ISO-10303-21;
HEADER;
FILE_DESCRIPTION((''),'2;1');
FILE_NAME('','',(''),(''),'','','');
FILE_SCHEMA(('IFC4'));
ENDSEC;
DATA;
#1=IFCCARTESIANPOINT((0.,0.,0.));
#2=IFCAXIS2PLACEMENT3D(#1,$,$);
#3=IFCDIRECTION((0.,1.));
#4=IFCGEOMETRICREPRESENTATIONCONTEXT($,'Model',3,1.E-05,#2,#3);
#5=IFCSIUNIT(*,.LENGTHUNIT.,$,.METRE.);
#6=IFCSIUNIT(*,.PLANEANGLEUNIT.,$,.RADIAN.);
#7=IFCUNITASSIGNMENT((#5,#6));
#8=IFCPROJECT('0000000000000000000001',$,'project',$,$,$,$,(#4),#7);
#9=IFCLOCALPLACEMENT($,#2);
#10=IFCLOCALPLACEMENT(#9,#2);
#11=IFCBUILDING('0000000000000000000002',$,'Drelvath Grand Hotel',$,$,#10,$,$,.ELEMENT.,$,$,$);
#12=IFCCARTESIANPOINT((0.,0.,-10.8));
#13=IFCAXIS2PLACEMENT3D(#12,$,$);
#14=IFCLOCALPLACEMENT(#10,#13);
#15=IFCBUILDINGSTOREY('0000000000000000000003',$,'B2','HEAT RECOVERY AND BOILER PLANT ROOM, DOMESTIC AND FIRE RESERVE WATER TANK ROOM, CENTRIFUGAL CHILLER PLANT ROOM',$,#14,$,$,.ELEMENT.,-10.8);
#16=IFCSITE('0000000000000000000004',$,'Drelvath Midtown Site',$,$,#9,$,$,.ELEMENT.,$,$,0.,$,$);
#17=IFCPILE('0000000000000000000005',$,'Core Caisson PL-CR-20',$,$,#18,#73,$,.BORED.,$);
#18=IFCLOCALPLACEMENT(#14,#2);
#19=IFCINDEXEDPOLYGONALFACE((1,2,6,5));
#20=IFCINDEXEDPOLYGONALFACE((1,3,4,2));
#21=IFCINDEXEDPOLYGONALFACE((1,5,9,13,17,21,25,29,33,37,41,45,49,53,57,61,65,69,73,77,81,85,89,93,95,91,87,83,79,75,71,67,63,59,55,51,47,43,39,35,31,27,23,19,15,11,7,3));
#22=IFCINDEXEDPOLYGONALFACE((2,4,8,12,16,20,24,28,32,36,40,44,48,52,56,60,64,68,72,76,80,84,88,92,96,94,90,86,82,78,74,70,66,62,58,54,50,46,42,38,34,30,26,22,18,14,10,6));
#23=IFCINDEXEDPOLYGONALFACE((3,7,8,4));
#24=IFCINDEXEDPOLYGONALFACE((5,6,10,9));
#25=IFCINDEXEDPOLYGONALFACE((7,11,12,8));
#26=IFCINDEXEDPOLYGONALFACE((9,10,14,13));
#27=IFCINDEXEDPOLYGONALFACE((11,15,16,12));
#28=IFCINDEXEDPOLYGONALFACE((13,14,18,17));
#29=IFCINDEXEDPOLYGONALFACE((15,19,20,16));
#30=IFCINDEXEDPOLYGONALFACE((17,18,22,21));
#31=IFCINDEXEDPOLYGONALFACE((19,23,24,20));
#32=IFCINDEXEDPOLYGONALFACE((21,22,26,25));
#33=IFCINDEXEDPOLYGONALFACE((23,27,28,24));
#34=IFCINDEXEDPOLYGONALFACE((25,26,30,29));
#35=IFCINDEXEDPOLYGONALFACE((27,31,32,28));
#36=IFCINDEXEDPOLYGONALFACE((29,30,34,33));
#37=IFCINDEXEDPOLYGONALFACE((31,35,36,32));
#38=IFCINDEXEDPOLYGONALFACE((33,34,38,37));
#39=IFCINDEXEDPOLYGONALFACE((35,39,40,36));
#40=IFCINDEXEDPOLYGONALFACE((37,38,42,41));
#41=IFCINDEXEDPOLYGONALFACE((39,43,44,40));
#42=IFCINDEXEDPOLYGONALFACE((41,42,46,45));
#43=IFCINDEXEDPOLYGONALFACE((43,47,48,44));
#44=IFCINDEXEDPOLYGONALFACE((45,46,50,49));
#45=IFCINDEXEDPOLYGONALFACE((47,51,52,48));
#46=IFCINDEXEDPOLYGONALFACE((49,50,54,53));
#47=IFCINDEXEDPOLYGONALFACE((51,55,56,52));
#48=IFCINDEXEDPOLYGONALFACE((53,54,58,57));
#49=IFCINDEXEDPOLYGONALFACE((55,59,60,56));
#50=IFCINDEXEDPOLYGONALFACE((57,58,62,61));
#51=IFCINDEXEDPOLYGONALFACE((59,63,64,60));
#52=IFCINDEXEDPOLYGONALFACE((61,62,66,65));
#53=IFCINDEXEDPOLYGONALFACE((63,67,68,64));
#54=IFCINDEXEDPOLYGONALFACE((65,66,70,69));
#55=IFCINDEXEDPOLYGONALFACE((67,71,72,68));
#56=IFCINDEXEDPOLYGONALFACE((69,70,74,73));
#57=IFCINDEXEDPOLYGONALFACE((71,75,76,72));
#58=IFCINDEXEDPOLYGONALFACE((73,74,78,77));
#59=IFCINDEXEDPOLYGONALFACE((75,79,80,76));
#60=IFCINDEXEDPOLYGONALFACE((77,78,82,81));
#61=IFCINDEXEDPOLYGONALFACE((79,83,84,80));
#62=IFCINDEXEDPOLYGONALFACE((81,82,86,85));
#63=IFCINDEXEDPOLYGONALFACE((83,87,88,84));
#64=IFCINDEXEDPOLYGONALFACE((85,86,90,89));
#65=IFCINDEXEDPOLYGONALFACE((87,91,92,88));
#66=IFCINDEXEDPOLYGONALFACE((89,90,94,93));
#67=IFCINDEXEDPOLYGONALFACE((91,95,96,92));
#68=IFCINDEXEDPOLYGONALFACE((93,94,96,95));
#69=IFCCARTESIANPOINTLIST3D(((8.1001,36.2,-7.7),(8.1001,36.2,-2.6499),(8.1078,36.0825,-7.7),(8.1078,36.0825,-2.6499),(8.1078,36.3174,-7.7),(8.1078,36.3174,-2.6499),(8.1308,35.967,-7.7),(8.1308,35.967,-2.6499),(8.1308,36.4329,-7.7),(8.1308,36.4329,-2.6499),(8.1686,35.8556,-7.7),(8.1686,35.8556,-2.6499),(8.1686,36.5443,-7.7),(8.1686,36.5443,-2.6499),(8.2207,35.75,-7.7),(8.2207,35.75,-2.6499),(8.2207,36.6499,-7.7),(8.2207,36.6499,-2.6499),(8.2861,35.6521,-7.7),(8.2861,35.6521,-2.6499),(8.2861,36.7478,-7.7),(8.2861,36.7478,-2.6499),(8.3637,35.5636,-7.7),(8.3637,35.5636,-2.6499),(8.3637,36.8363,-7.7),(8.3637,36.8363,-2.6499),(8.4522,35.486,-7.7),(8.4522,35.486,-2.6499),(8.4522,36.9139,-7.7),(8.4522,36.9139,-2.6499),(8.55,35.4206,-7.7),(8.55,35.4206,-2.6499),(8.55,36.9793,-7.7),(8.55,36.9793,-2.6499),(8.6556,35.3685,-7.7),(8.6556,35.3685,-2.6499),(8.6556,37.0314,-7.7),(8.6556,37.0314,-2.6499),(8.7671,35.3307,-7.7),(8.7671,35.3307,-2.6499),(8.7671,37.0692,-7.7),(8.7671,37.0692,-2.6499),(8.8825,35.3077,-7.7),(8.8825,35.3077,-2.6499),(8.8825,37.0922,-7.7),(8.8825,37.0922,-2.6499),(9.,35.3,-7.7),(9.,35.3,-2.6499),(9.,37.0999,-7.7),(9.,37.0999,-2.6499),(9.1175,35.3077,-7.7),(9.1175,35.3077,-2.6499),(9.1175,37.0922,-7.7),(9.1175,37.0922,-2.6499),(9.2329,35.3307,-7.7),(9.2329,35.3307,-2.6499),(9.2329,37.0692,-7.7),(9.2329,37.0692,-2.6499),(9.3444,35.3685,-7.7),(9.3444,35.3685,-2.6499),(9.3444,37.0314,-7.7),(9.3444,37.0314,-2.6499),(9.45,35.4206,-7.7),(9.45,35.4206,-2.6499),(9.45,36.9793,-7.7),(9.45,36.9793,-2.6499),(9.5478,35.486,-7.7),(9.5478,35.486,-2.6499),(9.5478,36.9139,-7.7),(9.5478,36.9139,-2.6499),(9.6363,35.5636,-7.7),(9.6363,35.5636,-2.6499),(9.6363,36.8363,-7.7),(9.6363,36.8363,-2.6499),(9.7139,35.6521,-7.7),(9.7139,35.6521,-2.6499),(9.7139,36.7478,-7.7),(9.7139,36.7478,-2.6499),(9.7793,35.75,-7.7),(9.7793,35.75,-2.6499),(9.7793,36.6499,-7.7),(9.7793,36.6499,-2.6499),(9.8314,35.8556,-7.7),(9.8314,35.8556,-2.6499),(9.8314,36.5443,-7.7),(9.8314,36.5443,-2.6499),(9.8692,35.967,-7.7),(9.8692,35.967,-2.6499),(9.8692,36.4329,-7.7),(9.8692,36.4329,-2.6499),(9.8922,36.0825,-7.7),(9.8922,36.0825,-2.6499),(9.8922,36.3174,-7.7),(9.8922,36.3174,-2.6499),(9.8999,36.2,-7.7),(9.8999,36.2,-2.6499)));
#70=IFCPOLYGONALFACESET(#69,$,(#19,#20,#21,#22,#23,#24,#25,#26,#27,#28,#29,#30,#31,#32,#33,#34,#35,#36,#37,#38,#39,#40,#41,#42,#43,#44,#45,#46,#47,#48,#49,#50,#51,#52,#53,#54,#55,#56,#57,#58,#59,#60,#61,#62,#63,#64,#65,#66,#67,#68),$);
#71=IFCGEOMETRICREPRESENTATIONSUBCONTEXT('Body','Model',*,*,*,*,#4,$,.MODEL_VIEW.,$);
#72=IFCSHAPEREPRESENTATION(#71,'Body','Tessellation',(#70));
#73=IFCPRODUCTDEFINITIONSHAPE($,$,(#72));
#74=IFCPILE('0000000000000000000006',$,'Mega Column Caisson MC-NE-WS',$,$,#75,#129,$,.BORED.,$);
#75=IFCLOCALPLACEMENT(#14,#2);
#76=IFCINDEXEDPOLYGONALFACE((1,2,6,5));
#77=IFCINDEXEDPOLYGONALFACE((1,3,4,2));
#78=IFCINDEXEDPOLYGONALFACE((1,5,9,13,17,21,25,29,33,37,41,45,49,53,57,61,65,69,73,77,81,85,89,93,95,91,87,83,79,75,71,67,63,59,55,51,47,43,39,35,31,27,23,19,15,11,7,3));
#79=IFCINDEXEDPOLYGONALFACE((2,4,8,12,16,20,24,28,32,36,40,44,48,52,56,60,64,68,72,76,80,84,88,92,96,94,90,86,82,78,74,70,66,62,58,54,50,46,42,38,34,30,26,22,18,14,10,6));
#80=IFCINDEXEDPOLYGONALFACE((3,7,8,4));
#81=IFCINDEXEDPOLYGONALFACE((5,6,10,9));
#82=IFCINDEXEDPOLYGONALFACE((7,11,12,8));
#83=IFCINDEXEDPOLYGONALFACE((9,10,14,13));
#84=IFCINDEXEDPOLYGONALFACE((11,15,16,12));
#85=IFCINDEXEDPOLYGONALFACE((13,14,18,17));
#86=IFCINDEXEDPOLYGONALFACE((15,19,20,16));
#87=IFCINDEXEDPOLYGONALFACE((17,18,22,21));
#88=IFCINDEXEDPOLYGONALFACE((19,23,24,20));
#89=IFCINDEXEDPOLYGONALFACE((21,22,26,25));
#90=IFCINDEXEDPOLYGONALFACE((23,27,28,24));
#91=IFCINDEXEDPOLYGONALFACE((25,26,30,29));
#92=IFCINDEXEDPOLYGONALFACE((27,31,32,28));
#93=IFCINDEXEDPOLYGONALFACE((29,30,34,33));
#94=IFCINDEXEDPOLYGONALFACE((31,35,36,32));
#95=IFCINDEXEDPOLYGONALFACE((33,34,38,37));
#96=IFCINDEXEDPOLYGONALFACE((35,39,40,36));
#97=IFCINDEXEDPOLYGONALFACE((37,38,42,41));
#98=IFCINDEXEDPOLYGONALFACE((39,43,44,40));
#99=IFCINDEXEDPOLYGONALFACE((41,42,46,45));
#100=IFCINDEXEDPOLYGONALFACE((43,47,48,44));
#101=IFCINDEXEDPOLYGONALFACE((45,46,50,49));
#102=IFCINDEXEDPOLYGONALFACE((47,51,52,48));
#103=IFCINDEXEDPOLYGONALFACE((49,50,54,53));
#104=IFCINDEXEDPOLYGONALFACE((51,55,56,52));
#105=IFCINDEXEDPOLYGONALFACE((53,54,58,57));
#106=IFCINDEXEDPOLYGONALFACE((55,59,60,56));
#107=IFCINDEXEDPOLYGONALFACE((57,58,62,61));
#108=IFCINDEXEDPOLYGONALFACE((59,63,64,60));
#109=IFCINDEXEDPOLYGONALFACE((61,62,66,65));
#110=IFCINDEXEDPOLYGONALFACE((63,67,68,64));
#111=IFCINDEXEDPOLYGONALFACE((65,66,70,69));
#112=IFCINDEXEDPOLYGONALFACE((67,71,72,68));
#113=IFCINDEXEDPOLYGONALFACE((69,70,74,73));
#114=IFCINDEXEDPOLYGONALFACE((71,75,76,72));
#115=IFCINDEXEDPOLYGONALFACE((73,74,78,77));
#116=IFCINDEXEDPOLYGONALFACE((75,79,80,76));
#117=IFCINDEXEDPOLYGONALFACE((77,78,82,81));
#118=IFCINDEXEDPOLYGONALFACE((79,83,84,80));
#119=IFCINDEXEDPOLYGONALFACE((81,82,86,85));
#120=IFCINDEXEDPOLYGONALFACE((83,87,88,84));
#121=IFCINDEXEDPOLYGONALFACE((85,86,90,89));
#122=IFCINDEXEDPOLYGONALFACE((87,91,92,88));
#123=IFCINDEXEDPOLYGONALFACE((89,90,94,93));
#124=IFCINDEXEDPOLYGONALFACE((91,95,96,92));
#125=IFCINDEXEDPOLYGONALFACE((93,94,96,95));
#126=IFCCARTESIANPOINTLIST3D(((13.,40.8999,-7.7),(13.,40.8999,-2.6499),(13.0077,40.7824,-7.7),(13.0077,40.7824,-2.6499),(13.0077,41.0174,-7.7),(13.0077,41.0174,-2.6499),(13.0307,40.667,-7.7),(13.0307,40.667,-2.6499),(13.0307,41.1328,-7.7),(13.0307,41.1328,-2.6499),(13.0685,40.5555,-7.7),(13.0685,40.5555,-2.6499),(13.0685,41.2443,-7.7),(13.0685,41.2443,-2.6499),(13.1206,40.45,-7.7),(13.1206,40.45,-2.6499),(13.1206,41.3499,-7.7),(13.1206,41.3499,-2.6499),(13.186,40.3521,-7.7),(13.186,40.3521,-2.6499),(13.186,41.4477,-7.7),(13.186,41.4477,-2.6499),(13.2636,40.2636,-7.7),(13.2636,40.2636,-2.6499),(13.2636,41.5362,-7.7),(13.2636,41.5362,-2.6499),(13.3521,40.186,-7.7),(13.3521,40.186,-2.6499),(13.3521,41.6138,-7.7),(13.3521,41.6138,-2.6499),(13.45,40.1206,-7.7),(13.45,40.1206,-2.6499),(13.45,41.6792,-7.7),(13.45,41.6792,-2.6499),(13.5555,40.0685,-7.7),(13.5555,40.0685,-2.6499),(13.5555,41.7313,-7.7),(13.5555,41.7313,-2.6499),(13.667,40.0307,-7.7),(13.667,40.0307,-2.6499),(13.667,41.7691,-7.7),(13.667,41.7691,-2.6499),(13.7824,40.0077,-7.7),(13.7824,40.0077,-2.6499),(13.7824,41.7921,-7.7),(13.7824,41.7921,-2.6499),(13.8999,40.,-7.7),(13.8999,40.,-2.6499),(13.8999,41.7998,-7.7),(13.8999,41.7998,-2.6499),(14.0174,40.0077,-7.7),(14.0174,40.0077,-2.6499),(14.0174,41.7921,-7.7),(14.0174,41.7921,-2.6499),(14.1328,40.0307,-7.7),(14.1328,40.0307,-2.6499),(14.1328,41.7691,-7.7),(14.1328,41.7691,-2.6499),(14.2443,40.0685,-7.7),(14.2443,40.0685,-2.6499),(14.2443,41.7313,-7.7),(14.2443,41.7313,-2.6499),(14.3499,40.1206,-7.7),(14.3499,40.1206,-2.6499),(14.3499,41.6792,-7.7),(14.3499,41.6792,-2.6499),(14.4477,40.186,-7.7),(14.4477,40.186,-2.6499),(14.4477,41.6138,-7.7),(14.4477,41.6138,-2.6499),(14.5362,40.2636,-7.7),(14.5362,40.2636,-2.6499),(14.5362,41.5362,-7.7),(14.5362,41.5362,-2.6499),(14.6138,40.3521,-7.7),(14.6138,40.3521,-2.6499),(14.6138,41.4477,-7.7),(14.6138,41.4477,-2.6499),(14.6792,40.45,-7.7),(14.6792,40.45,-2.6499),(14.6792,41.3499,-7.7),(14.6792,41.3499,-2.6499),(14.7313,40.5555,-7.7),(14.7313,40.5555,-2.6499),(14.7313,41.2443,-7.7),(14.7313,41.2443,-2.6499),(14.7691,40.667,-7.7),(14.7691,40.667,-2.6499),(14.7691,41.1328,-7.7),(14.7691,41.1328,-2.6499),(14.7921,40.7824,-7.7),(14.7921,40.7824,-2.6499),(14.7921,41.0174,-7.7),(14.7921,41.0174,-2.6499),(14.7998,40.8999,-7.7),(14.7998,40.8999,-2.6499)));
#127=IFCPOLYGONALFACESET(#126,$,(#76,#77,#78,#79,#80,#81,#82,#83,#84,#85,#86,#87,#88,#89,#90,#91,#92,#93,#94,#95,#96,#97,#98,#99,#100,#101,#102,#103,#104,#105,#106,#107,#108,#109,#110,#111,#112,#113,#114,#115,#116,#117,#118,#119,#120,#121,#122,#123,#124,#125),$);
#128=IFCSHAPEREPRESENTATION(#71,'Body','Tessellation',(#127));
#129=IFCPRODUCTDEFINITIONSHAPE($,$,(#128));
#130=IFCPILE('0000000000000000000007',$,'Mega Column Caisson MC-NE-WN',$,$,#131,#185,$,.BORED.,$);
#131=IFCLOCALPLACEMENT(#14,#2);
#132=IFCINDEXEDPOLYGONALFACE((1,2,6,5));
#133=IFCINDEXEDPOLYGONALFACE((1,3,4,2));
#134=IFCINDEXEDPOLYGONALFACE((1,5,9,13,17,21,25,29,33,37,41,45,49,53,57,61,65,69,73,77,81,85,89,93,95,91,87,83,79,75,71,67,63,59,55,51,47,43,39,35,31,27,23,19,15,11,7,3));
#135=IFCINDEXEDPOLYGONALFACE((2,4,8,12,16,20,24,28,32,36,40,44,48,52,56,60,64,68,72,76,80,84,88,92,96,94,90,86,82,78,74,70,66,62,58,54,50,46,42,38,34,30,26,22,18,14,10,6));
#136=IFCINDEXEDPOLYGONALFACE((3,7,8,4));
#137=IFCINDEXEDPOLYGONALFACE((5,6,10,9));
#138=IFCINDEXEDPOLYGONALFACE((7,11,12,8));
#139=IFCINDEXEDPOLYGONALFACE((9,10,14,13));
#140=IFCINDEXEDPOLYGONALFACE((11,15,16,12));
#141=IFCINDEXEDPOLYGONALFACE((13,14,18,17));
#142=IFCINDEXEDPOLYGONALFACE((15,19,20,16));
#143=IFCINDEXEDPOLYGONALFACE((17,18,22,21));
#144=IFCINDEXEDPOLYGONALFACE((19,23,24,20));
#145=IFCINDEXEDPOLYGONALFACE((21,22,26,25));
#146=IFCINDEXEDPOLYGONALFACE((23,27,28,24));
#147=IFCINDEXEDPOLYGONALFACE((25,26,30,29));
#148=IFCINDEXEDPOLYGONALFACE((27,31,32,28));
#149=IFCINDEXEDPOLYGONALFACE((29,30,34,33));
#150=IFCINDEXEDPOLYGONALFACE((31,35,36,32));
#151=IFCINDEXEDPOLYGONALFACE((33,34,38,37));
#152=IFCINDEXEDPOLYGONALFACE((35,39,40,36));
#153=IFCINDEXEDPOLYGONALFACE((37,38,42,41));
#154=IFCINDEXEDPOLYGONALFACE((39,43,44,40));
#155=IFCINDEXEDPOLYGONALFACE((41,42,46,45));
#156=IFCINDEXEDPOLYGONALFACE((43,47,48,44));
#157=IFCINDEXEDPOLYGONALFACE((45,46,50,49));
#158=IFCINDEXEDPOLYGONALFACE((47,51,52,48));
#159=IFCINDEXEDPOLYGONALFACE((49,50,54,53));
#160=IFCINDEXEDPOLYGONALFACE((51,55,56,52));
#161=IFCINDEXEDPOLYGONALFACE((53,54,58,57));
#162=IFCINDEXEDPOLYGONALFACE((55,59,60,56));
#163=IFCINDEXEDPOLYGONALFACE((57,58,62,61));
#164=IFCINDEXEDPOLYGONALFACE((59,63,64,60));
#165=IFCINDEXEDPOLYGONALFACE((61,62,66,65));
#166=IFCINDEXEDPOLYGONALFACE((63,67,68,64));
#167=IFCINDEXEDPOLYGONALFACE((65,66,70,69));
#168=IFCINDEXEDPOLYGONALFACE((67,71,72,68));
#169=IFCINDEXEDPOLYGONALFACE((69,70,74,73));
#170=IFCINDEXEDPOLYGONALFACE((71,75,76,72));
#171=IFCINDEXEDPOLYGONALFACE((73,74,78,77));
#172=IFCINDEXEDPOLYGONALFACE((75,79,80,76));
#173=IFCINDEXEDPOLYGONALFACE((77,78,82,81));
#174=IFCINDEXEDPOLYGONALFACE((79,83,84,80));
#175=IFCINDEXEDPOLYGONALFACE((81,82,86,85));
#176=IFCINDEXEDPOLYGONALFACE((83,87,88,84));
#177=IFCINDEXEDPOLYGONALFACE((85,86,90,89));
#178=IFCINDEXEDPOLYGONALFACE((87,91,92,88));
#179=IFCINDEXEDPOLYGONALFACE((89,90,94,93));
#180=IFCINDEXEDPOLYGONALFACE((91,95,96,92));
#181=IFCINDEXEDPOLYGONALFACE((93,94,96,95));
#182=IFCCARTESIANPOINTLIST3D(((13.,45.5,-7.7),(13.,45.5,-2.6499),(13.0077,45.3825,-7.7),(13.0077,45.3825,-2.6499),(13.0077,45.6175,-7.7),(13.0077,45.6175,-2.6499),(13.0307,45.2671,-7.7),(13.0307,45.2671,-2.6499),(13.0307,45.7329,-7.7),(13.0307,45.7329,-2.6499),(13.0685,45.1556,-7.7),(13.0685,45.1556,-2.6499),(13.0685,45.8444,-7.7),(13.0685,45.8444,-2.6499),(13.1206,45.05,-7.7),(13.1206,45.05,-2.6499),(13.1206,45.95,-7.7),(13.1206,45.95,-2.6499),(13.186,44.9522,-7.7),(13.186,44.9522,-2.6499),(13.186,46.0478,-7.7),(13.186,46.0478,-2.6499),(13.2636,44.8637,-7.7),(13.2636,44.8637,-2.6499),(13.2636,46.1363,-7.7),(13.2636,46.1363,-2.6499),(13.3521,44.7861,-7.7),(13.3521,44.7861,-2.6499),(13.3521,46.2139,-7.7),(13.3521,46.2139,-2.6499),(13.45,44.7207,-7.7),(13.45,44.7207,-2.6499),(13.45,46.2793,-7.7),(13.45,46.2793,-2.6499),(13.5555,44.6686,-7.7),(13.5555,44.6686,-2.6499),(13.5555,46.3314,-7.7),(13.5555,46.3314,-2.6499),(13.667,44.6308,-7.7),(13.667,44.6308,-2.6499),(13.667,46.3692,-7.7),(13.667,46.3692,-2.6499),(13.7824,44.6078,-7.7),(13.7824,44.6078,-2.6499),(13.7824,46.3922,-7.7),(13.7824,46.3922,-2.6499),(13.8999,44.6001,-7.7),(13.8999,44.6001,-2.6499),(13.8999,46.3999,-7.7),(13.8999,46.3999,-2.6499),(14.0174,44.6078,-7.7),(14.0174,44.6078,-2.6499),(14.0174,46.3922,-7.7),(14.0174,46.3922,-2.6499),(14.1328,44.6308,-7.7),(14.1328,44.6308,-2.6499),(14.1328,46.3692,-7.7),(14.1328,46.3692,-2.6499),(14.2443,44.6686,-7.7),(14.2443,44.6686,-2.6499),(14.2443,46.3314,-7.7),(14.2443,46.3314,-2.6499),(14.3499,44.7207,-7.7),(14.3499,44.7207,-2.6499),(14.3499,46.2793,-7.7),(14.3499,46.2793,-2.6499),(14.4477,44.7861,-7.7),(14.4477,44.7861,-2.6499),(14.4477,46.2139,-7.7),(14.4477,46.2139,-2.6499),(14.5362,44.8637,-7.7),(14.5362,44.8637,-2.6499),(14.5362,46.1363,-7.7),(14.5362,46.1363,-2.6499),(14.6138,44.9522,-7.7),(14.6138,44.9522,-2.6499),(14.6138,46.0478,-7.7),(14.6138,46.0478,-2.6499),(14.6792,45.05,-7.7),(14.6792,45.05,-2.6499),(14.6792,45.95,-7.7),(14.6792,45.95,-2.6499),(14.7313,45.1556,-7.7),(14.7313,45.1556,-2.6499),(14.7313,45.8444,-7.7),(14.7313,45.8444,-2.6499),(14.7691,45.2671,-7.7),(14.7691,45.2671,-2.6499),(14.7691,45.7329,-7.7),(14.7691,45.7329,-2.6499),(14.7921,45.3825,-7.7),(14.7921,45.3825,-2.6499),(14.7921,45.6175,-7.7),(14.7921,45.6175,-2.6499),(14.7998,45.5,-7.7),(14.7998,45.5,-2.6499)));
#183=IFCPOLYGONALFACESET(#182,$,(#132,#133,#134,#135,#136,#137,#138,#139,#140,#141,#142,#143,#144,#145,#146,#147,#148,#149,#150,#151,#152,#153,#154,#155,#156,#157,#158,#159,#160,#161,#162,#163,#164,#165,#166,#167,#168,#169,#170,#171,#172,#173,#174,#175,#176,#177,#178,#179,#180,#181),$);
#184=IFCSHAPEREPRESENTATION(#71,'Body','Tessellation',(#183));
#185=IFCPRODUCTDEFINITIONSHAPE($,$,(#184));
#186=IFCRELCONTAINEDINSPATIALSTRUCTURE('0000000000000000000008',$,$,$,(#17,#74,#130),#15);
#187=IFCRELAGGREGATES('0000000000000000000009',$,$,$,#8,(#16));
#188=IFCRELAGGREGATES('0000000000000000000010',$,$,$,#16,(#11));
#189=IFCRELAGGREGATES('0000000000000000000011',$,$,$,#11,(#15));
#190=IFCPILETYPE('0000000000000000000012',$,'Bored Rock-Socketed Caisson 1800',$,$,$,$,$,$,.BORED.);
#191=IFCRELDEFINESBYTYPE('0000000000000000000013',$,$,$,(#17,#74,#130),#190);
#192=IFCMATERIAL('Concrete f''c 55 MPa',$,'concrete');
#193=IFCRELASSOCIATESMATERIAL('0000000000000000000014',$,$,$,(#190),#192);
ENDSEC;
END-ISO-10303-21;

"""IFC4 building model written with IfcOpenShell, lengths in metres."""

from ifc_helpers import new_model, si_unit, direction, frame, origin, origin_2d, place, context, subcontext, project, spatial, circle, extrude, material, material_profile, profile_set, type_object, element, save


model = new_model("IFC4")

# Units and contexts
model_context = context("Model", 3, precision=1e-05, world=origin(), true_north=direction((0.0, 1.0)))
body_context = subcontext(model_context, "Body", "Model", "MODEL_VIEW")
ifc_project = project(units=[si_unit("LENGTHUNIT", "METRE"), si_unit("PLANEANGLEUNIT", "RADIAN")], contexts=[model_context])

# Site, building, storey
site_placement = place(None, origin())
site = spatial("IfcSite", under=ifc_project, at=site_placement, Name="Drelvath Midtown Site", CompositionType="ELEMENT", RefElevation=0.0)
building_placement = place(site_placement, origin())
building = spatial("IfcBuilding", under=site, at=building_placement, Name="Drelvath Grand Hotel", CompositionType="ELEMENT")
storey_placement = place(building_placement, frame((0.0, 0.0, -10.8)))
storey = spatial("IfcBuildingStorey", under=building, at=storey_placement, Name="B2", Description="HEAT RECOVERY AND BOILER PLANT ROOM, DOMESTIC AND FIRE RESERVE WATER TANK ROOM, CENTRIFUGAL CHILLER PLANT ROOM", CompositionType="ELEMENT", Elevation=-10.8)

# Piles
ifc_material_1 = material(Name="Concrete f'c 55 MPa", Category="concrete")
ifc_material_profile_1 = material_profile(ifc_material_1, circle(Radius=0.8999, at=origin_2d()), Name="CAISSON1800")
ifc_profile_set_1 = profile_set([ifc_material_profile_1], Name="Concrete f'c 55 MPa")
pile_type_1 = type_object("IfcPileType", Name="Bored Rock-Socketed Caisson 1800", PredefinedType="BORED", material=ifc_profile_set_1)
for number, where, z_axis, x_axis, name in (
    (1, (9.0, 36.2, -2.6499), (0.0, 0.0, -1.0), (1.0, 0.0, 0.0), "Core Caisson PL-CR-20"),
    (2, (13.8999, 40.8999, -2.6499), (0.0, 0.0, -1.0), (1.0, 0.0, 0.0), "Mega Column Caisson MC-NE-WS"),
    (3, (13.8999, 45.5, -2.6499), (0.0, 0.0, -1.0), (1.0, 0.0, 0.0), "Mega Column Caisson MC-NE-WN"),
):
    element("IfcPile", number, at=place(storey_placement, frame(where, z_axis=z_axis, x_axis=x_axis)), inside=storey, type_object=pile_type_1, Name=name, PredefinedType="BORED", context=body_context, shape_type="SweptSolid", body=[
        extrude(circle(Radius=0.8999, at=origin_2d()), origin(), (0.0, 0.0, 1.0), 5.05),
    ])

save(model, "model.ifc")
